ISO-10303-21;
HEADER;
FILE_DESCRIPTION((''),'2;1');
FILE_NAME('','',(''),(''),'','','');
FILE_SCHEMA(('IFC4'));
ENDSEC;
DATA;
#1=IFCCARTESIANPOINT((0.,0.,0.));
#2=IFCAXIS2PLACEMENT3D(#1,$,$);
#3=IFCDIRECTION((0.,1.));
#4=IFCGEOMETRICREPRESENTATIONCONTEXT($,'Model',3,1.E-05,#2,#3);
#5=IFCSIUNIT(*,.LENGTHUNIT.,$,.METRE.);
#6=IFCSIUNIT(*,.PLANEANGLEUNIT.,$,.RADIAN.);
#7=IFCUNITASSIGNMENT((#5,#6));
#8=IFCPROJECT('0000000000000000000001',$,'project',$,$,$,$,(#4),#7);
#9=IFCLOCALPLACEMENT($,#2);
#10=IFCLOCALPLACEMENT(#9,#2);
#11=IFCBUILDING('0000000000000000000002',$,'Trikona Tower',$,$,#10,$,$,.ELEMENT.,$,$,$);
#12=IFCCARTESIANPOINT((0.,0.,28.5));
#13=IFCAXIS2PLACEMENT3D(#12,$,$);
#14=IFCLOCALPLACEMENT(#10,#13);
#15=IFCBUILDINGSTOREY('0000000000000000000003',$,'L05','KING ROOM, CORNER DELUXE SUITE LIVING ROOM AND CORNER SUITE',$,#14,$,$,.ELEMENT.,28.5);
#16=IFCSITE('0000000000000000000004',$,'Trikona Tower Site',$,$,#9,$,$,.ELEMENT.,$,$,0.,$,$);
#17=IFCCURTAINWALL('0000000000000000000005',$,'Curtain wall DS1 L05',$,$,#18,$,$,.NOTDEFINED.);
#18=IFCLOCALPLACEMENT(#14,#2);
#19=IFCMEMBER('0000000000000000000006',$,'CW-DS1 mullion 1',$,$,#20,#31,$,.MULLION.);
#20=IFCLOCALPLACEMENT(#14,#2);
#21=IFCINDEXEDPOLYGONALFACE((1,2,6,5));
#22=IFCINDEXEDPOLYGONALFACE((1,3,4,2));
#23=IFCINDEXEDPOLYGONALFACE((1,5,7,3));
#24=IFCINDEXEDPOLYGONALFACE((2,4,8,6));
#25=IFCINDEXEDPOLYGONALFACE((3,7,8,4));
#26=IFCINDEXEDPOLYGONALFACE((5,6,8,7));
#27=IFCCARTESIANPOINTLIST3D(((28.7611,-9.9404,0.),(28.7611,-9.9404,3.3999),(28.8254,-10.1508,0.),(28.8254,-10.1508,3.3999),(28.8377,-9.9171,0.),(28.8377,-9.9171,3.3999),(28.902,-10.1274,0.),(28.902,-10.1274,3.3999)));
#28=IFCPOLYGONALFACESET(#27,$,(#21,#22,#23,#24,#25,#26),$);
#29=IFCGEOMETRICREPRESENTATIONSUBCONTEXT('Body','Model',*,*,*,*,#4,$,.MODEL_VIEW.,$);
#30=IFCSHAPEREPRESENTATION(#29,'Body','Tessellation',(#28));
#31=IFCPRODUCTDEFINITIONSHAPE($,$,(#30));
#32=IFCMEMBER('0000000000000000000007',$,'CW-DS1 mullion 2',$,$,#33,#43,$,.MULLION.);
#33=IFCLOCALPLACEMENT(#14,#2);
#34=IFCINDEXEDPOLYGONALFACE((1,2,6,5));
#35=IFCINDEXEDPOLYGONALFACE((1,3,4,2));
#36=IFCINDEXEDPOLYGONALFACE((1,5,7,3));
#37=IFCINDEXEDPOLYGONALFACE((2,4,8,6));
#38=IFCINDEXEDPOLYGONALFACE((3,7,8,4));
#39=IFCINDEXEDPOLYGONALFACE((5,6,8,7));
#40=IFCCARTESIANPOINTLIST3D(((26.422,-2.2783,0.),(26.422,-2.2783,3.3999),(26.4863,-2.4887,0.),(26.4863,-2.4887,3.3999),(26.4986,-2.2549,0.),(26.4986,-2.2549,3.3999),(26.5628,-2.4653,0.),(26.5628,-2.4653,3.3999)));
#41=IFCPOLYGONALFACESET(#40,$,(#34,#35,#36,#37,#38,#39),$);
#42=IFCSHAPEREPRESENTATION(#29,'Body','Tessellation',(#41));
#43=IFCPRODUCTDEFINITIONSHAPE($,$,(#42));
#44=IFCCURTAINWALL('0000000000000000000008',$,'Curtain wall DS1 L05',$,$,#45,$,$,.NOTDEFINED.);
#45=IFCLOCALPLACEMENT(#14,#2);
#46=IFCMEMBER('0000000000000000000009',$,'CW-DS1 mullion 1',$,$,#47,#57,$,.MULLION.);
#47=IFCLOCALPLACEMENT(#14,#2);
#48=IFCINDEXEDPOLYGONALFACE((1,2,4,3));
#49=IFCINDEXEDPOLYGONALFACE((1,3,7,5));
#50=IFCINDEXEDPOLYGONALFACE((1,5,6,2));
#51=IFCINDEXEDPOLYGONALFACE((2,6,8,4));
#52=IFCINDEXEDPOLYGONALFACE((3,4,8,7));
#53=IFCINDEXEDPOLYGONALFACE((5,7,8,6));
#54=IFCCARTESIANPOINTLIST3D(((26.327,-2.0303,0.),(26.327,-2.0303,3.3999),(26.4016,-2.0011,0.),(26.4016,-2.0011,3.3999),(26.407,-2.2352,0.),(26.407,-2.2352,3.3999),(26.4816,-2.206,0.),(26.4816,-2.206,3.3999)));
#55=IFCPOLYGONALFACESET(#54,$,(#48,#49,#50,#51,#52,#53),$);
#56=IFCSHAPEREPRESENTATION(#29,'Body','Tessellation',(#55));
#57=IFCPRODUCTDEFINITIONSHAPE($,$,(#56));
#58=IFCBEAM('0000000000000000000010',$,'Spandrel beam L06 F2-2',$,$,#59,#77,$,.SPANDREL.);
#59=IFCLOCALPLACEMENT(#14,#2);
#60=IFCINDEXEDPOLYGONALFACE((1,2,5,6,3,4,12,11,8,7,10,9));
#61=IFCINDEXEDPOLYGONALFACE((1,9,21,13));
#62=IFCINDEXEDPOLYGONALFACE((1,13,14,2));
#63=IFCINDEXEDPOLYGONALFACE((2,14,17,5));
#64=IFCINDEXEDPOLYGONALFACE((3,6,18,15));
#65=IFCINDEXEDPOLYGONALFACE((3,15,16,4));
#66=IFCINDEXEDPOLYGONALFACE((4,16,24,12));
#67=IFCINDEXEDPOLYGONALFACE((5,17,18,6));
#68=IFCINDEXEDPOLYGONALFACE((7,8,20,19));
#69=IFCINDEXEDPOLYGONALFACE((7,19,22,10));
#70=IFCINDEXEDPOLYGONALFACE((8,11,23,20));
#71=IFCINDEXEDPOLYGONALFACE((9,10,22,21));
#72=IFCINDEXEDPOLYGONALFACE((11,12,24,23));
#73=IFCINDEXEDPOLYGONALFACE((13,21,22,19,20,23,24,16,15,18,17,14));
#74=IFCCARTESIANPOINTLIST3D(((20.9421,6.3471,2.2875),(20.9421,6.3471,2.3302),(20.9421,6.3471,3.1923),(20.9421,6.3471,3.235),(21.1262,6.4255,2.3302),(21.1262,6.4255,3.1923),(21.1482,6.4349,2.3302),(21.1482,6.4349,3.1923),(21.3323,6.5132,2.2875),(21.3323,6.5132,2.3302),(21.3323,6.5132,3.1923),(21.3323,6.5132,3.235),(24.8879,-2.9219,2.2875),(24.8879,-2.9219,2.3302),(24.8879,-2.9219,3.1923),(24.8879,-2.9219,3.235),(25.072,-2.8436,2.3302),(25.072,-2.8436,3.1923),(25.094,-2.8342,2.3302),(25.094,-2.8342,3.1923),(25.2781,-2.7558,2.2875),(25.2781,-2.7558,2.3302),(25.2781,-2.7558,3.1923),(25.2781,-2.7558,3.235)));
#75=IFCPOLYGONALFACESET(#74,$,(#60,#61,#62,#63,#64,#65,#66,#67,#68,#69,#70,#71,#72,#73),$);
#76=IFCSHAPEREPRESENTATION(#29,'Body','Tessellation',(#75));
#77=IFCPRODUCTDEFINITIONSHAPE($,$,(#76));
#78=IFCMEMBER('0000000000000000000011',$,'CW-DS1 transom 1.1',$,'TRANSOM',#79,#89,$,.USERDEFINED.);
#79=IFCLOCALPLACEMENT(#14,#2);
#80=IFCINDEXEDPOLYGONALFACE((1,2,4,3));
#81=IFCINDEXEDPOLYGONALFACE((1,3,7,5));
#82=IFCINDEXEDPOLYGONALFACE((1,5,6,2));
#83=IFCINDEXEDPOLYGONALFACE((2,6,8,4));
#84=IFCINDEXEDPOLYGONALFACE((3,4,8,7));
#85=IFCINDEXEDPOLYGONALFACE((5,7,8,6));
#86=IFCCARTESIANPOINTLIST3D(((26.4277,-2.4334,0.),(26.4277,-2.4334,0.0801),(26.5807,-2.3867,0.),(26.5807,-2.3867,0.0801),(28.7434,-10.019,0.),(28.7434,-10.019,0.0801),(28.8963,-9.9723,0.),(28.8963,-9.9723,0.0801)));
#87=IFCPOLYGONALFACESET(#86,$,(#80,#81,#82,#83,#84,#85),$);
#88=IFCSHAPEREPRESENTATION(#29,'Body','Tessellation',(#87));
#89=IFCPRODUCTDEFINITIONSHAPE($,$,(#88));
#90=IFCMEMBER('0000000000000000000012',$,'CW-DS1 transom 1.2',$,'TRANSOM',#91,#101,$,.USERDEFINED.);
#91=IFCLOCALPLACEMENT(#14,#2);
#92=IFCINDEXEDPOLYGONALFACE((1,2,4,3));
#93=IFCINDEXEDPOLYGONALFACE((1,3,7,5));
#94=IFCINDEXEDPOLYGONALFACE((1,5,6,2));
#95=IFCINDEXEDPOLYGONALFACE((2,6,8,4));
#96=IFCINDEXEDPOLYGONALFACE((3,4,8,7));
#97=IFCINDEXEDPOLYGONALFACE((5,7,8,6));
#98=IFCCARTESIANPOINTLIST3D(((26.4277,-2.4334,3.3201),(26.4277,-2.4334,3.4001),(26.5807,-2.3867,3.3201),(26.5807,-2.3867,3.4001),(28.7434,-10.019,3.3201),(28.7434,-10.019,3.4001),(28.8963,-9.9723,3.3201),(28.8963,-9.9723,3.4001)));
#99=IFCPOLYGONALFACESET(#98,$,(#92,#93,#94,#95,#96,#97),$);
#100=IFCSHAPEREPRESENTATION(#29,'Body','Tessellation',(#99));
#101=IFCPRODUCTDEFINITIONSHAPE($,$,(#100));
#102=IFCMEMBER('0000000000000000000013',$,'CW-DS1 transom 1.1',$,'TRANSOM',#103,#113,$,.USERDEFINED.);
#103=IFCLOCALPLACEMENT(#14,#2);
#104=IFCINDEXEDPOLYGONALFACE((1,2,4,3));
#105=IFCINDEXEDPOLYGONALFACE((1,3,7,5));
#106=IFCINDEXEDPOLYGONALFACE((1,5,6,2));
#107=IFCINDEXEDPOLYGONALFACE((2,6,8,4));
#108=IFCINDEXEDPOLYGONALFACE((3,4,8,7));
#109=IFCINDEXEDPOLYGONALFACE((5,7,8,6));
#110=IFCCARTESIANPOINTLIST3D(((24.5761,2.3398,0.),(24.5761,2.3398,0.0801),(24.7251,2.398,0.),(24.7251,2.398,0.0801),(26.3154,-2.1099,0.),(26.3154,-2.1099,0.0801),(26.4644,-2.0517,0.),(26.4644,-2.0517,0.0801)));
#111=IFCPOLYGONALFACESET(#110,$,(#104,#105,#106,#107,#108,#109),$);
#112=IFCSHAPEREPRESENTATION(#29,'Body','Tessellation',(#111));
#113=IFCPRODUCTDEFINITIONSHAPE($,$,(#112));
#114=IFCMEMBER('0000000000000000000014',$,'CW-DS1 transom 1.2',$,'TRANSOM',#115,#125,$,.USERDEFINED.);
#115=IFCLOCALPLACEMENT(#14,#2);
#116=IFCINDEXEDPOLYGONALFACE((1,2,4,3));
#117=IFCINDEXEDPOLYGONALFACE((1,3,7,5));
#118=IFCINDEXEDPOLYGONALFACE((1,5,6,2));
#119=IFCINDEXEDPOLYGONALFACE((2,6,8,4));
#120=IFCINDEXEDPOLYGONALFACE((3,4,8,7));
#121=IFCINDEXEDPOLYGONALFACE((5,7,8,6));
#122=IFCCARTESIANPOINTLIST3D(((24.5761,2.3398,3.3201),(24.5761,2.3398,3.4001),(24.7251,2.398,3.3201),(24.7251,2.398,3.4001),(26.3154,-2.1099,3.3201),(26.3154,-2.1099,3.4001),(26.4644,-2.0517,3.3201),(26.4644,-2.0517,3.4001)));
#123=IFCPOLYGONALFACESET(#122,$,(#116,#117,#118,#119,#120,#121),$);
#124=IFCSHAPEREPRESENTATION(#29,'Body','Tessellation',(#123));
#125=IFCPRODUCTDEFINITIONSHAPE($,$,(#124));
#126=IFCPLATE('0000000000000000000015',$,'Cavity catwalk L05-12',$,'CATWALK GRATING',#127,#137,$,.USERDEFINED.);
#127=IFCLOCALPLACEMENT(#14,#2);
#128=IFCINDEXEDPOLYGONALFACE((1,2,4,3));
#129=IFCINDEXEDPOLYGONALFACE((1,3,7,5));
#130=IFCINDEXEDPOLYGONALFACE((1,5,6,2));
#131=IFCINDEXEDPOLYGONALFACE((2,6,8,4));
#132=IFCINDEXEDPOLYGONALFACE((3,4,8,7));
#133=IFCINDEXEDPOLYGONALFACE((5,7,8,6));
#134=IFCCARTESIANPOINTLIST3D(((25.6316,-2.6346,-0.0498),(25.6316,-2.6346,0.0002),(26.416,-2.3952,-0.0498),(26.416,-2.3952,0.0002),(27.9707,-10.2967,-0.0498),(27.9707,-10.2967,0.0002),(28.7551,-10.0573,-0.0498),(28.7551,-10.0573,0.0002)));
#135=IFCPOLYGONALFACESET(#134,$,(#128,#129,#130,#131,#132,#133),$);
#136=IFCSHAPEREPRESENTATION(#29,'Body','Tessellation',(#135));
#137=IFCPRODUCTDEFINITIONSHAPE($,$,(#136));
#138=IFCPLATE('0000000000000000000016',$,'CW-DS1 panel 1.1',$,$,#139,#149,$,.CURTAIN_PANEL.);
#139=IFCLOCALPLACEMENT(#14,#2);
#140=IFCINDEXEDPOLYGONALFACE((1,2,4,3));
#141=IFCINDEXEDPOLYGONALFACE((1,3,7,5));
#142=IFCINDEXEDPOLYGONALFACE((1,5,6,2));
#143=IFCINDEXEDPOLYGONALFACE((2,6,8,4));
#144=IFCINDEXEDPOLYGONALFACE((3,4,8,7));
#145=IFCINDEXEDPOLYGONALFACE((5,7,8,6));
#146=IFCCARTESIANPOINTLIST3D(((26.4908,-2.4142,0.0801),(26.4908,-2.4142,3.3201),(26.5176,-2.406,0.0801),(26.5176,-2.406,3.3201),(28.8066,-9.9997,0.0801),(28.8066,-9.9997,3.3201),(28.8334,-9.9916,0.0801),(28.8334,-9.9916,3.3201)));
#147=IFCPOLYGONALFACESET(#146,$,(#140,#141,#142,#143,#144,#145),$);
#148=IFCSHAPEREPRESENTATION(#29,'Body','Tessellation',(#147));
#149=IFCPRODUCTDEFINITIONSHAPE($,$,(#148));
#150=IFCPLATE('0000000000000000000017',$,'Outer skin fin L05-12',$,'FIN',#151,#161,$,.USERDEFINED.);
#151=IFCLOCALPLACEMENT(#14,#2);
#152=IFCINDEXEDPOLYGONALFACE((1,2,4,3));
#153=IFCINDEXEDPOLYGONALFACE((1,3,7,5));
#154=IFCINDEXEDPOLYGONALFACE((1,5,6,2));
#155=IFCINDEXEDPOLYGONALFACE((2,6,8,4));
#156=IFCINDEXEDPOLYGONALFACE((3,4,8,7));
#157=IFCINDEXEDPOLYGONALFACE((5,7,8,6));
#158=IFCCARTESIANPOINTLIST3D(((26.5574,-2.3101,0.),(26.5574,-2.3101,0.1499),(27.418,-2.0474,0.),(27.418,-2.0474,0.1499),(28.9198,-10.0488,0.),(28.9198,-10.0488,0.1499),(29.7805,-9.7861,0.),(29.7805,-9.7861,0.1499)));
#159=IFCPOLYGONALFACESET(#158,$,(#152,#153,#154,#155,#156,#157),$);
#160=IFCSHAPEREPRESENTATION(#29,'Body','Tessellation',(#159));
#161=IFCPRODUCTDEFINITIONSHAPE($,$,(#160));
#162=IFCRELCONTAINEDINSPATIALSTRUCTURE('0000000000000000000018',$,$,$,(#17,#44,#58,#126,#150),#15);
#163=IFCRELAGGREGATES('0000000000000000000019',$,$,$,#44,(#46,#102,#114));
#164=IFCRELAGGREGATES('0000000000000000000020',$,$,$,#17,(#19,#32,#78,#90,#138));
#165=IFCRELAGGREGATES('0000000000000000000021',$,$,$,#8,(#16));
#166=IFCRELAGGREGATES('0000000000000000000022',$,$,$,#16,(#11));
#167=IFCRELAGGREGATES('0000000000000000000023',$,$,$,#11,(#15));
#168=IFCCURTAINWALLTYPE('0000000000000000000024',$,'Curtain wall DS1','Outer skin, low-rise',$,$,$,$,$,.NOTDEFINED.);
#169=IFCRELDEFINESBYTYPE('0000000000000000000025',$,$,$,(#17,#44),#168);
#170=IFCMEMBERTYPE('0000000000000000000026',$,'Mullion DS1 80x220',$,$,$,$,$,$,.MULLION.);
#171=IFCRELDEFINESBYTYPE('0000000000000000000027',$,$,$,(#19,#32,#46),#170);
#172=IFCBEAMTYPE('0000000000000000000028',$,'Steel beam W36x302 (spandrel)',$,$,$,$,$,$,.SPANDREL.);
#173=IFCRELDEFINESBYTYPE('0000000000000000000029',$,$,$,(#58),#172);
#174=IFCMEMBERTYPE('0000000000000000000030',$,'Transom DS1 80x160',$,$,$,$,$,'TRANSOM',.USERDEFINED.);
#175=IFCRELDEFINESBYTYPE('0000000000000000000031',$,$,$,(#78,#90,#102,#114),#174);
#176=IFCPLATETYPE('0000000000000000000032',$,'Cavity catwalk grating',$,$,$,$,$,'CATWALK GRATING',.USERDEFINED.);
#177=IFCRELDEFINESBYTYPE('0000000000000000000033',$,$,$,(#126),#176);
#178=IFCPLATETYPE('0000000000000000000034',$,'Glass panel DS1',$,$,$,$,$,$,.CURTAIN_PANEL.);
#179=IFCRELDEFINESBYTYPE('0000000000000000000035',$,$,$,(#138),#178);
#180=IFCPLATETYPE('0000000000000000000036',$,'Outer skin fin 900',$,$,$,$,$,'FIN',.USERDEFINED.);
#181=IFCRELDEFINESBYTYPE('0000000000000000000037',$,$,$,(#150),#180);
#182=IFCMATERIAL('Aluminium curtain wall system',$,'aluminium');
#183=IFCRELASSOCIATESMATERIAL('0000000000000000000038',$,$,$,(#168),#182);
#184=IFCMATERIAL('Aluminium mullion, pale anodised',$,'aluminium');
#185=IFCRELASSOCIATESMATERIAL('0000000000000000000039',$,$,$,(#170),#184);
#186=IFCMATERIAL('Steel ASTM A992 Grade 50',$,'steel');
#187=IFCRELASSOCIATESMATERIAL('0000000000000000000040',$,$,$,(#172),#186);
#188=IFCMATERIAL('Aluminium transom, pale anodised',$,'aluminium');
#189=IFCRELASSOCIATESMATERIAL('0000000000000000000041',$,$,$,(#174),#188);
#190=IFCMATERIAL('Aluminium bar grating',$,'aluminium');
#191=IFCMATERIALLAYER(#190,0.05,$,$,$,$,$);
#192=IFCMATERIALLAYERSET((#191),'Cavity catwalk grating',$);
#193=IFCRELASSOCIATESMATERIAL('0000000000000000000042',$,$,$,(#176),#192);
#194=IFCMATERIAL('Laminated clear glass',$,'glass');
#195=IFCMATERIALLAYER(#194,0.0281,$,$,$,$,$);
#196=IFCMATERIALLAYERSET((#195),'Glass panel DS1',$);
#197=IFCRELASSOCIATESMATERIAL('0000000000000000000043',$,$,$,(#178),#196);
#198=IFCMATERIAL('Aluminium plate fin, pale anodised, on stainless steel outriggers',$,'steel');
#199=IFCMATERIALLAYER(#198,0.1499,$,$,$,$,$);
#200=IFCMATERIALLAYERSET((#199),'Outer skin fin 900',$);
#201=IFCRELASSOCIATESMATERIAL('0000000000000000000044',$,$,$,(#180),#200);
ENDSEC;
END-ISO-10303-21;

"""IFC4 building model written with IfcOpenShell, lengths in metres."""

from ifc_helpers import new_model, si_unit, direction, frame, origin, origin_2d, place, context, subcontext, project, spatial, rectangle, i_section, extrude, material, layer, layer_set, material_profile, profile_set, type_object, element, aggregate, save


model = new_model("IFC4")

# Units and contexts
model_context = context("Model", 3, precision=1e-05, world=origin(), true_north=direction((0.0, 1.0)))
body_context = subcontext(model_context, "Body", "Model", "MODEL_VIEW")
ifc_project = project(units=[si_unit("LENGTHUNIT", "METRE"), si_unit("PLANEANGLEUNIT", "RADIAN")], contexts=[model_context])

# Site, building, storey
site_placement = place(None, origin())
site = spatial("IfcSite", under=ifc_project, at=site_placement, Name="Trikona Tower Site", CompositionType="ELEMENT", RefElevation=0.0)
building_placement = place(site_placement, origin())
building = spatial("IfcBuilding", under=site, at=building_placement, Name="Trikona Tower", CompositionType="ELEMENT")
storey_placement = place(building_placement, frame((0.0, 0.0, 28.5)))
storey = spatial("IfcBuildingStorey", under=building, at=storey_placement, Name="L05", Description="KING ROOM, CORNER DELUXE SUITE LIVING ROOM AND CORNER SUITE", CompositionType="ELEMENT", Elevation=28.5)

# Curtain wall, members
ifc_material_1 = material(Name="Aluminium curtain wall system", Category="aluminium")
curtain_wall_type = type_object("IfcCurtainWallType", Name="Curtain wall DS1", Description="Outer skin, low-rise", PredefinedType="NOTDEFINED", material=ifc_material_1)
curtain_wall_1_placement = place(storey_placement, origin())
curtain_wall_1 = element("IfcCurtainWall", 1, at=curtain_wall_1_placement, inside=storey, type_object=curtain_wall_type, Name="Curtain wall DS1 L05", PredefinedType="NOTDEFINED")
ifc_material_2 = material(Name="Aluminium mullion, pale anodised", Category="aluminium")
ifc_material_profile_1 = material_profile(ifc_material_2, rectangle(XDim=0.0801, YDim=0.22, at=origin_2d()), Name="MUL-DS1")
ifc_profile_set_1 = profile_set([ifc_material_profile_1], Name="Aluminium mullion, pale anodised")
member_type_1 = type_object("IfcMemberType", Name="Mullion DS1 80x220", PredefinedType="MULLION", material=ifc_profile_set_1)
member_1_placement = place(storey_placement, frame((28.8315, -10.0339, 0.0), z_axis=(0.0, 0.0, 1.0), x_axis=(-0.956423, -0.291984, 0.0)))
member_1 = element("IfcMember", 2, at=member_1_placement, type_object=member_type_1, Name="CW-DS1 mullion 1", PredefinedType="MULLION", context=body_context, shape_type="SweptSolid", body=[
    extrude(rectangle(XDim=0.0801, YDim=0.22, at=origin_2d()), origin(), (0.0, 0.0, 1.0), 3.3999),
])
member_2_placement = place(storey_placement, frame((26.4924, -2.3718, 0.0), z_axis=(0.0, 0.0, 1.0), x_axis=(-0.956423, -0.291984, 0.0)))
member_2 = element("IfcMember", 3, at=member_2_placement, type_object=member_type_1, Name="CW-DS1 mullion 2", PredefinedType="MULLION", context=body_context, shape_type="SweptSolid", body=[
    extrude(rectangle(XDim=0.0801, YDim=0.22, at=origin_2d()), origin(), (0.0, 0.0, 1.0), 3.3999),
])

# Curtain wall, member
curtain_wall_2_placement = place(storey_placement, origin())
curtain_wall_2 = element("IfcCurtainWall", 4, at=curtain_wall_2_placement, inside=storey, type_object=curtain_wall_type, Name="Curtain wall DS1 L05", PredefinedType="NOTDEFINED")
member_3_placement = place(storey_placement, frame((26.4043, -2.1182, 0.0), z_axis=(0.0, 0.0, 1.0), x_axis=(-0.931396, -0.364008, 0.0)))
member_3 = element("IfcMember", 5, at=member_3_placement, type_object=member_type_1, Name="CW-DS1 mullion 1", PredefinedType="MULLION", context=body_context, shape_type="SweptSolid", body=[
    extrude(rectangle(XDim=0.0801, YDim=0.22, at=origin_2d()), origin(), (0.0, 0.0, 1.0), 3.3999),
])

# Beam
ifc_material_3 = material(Name="Steel ASTM A992 Grade 50", Category="steel")
ifc_material_profile_2 = material_profile(ifc_material_3, i_section(OverallWidth=0.4241, OverallDepth=0.9475, WebThickness=0.0239, FlangeThickness=0.0427, at=origin_2d()), Name="W36X302")
ifc_profile_set_2 = profile_set([ifc_material_profile_2], Name="Steel ASTM A992 Grade 50")
beam_type = type_object("IfcBeamType", Name="Steel beam W36x302 (spandrel)", PredefinedType="SPANDREL", material=ifc_profile_set_2)
beam_placement = place(storey_placement, frame((25.083, -2.8389, 2.7612), z_axis=(-0.391684, 0.9201, 0.0), x_axis=(-0.9201, -0.391684, 0.0)))
element("IfcBeam", 6, at=beam_placement, inside=storey, type_object=beam_type, Name="Spandrel beam L06 F2-2", PredefinedType="SPANDREL", context=body_context, shape_type="SweptSolid", body=[
    extrude(i_section(OverallWidth=0.4241, OverallDepth=0.9475, WebThickness=0.0239, FlangeThickness=0.0427, at=origin_2d()), origin(), (0.0, 0.0, 1.0), 10.074),
])

# Members
ifc_material_4 = material(Name="Aluminium transom, pale anodised", Category="aluminium")
ifc_material_profile_3 = material_profile(ifc_material_4, rectangle(XDim=0.1599, YDim=0.0801, at=origin_2d()), Name="TRN-DS1")
ifc_profile_set_3 = profile_set([ifc_material_profile_3], Name="Aluminium transom, pale anodised")
member_type_2 = type_object("IfcMemberType", Name="Transom DS1 80x160", ElementType="TRANSOM", PredefinedType="USERDEFINED", material=ifc_profile_set_3)
member_4_placement = place(storey_placement, frame((28.8198, -9.9956, 0.04), z_axis=(-0.291967, 0.956428, 0.0), x_axis=(-0.956428, -0.291967, 0.0)))
member_4 = element("IfcMember", 7, at=member_4_placement, type_object=member_type_2, Name="CW-DS1 transom 1.1", ObjectType="TRANSOM", PredefinedType="USERDEFINED", context=body_context, shape_type="SweptSolid", body=[
    extrude(rectangle(XDim=0.1599, YDim=0.0801, at=origin_2d()), origin(), (0.0, 0.0, 1.0), 7.9312),
])
member_5_placement = place(storey_placement, frame((28.8198, -9.9956, 3.3601), z_axis=(-0.291967, 0.956428, 0.0), x_axis=(-0.956428, -0.291967, 0.0)))
member_5 = element("IfcMember", 8, at=member_5_placement, type_object=member_type_2, Name="CW-DS1 transom 1.2", ObjectType="TRANSOM", PredefinedType="USERDEFINED", context=body_context, shape_type="SweptSolid", body=[
    extrude(rectangle(XDim=0.1599, YDim=0.0801, at=origin_2d()), origin(), (0.0, 0.0, 1.0), 7.9312),
])
member_6_placement = place(storey_placement, frame((26.3899, -2.0808, 0.04), z_axis=(-0.364049, 0.93138, 0.0), x_axis=(-0.93138, -0.364049, 0.0)))
member_6 = element("IfcMember", 9, at=member_6_placement, type_object=member_type_2, Name="CW-DS1 transom 1.1", ObjectType="TRANSOM", PredefinedType="USERDEFINED", context=body_context, shape_type="SweptSolid", body=[
    extrude(rectangle(XDim=0.1599, YDim=0.0801, at=origin_2d()), origin(), (0.0, 0.0, 1.0), 4.7776),
])
member_7_placement = place(storey_placement, frame((26.3899, -2.0808, 3.3601), z_axis=(-0.364049, 0.93138, 0.0), x_axis=(-0.93138, -0.364049, 0.0)))
member_7 = element("IfcMember", 10, at=member_7_placement, type_object=member_type_2, Name="CW-DS1 transom 1.2", ObjectType="TRANSOM", PredefinedType="USERDEFINED", context=body_context, shape_type="SweptSolid", body=[
    extrude(rectangle(XDim=0.1599, YDim=0.0801, at=origin_2d()), origin(), (0.0, 0.0, 1.0), 4.7776),
])
aggregate(curtain_wall_2, [member_3, member_6, member_7])

# Plates
ifc_material_5 = material(Name="Aluminium bar grating", Category="aluminium")
ifc_layer_1 = layer(ifc_material_5, 0.05)
ifc_layer_set_1 = layer_set([ifc_layer_1], Name="Cavity catwalk grating")
plate_type_1 = type_object("IfcPlateType", Name="Cavity catwalk grating", ElementType="CATWALK GRATING", PredefinedType="USERDEFINED", material=ifc_layer_set_1)
plate_1_placement = place(storey_placement, frame((27.1934, -6.3459, -0.0498), z_axis=(0.0, 0.0, 1.0), x_axis=(-0.291979, 0.956425, 0.0)))
element("IfcPlate", 11, at=plate_1_placement, inside=storey, type_object=plate_type_1, Name="Cavity catwalk L05-12", ObjectType="CATWALK GRATING", PredefinedType="USERDEFINED", context=body_context, shape_type="SweptSolid", body=[
    extrude(rectangle(XDim=8.0112, YDim=0.8201, at=origin_2d()), origin(), (0.0, 0.0, 1.0), 0.05),
])
ifc_material_6 = material(Name="Laminated clear glass", Category="glass")
ifc_layer_2 = layer(ifc_material_6, 0.0281)
ifc_layer_set_2 = layer_set([ifc_layer_2], Name="Glass panel DS1")
plate_type_2 = type_object("IfcPlateType", Name="Glass panel DS1", PredefinedType="CURTAIN_PANEL", material=ifc_layer_set_2)
plate_2_placement = place(storey_placement, frame((27.6621, -6.2029, 0.0801), z_axis=(0.0, 0.0, 1.0), x_axis=(-0.291984, 0.956423, 0.0)))
plate_2 = element("IfcPlate", 12, at=plate_2_placement, type_object=plate_type_2, Name="CW-DS1 panel 1.1", PredefinedType="CURTAIN_PANEL", context=body_context, shape_type="SweptSolid", body=[
    extrude(rectangle(XDim=7.9312, YDim=0.0281, at=origin_2d()), origin(), (0.0, 0.0, 1.0), 3.24),
])
aggregate(curtain_wall_1, [member_1, member_2, member_4, member_5, plate_2])
ifc_material_7 = material(Name="Aluminium plate fin, pale anodised, on stainless steel outriggers", Category="steel")
ifc_layer_3 = layer(ifc_material_7, 0.1499)
ifc_layer_set_3 = layer_set([ifc_layer_3], Name="Outer skin fin 900")
plate_type_3 = type_object("IfcPlateType", Name="Outer skin fin 900", ElementType="FIN", PredefinedType="USERDEFINED", material=ifc_layer_set_3)
plate_3_placement = place(storey_placement, frame((28.1689, -6.0481, 0.0), z_axis=(0.0, 0.0, 1.0), x_axis=(-0.291979, 0.956425, 0.0)))
element("IfcPlate", 13, at=plate_3_placement, inside=storey, type_object=plate_type_3, Name="Outer skin fin L05-12", ObjectType="FIN", PredefinedType="USERDEFINED", context=body_context, shape_type="SweptSolid", body=[
    extrude(rectangle(XDim=8.0913, YDim=0.8999, at=origin_2d()), origin(), (0.0, 0.0, 1.0), 0.1499),
])

save(model, "model.ifc")
